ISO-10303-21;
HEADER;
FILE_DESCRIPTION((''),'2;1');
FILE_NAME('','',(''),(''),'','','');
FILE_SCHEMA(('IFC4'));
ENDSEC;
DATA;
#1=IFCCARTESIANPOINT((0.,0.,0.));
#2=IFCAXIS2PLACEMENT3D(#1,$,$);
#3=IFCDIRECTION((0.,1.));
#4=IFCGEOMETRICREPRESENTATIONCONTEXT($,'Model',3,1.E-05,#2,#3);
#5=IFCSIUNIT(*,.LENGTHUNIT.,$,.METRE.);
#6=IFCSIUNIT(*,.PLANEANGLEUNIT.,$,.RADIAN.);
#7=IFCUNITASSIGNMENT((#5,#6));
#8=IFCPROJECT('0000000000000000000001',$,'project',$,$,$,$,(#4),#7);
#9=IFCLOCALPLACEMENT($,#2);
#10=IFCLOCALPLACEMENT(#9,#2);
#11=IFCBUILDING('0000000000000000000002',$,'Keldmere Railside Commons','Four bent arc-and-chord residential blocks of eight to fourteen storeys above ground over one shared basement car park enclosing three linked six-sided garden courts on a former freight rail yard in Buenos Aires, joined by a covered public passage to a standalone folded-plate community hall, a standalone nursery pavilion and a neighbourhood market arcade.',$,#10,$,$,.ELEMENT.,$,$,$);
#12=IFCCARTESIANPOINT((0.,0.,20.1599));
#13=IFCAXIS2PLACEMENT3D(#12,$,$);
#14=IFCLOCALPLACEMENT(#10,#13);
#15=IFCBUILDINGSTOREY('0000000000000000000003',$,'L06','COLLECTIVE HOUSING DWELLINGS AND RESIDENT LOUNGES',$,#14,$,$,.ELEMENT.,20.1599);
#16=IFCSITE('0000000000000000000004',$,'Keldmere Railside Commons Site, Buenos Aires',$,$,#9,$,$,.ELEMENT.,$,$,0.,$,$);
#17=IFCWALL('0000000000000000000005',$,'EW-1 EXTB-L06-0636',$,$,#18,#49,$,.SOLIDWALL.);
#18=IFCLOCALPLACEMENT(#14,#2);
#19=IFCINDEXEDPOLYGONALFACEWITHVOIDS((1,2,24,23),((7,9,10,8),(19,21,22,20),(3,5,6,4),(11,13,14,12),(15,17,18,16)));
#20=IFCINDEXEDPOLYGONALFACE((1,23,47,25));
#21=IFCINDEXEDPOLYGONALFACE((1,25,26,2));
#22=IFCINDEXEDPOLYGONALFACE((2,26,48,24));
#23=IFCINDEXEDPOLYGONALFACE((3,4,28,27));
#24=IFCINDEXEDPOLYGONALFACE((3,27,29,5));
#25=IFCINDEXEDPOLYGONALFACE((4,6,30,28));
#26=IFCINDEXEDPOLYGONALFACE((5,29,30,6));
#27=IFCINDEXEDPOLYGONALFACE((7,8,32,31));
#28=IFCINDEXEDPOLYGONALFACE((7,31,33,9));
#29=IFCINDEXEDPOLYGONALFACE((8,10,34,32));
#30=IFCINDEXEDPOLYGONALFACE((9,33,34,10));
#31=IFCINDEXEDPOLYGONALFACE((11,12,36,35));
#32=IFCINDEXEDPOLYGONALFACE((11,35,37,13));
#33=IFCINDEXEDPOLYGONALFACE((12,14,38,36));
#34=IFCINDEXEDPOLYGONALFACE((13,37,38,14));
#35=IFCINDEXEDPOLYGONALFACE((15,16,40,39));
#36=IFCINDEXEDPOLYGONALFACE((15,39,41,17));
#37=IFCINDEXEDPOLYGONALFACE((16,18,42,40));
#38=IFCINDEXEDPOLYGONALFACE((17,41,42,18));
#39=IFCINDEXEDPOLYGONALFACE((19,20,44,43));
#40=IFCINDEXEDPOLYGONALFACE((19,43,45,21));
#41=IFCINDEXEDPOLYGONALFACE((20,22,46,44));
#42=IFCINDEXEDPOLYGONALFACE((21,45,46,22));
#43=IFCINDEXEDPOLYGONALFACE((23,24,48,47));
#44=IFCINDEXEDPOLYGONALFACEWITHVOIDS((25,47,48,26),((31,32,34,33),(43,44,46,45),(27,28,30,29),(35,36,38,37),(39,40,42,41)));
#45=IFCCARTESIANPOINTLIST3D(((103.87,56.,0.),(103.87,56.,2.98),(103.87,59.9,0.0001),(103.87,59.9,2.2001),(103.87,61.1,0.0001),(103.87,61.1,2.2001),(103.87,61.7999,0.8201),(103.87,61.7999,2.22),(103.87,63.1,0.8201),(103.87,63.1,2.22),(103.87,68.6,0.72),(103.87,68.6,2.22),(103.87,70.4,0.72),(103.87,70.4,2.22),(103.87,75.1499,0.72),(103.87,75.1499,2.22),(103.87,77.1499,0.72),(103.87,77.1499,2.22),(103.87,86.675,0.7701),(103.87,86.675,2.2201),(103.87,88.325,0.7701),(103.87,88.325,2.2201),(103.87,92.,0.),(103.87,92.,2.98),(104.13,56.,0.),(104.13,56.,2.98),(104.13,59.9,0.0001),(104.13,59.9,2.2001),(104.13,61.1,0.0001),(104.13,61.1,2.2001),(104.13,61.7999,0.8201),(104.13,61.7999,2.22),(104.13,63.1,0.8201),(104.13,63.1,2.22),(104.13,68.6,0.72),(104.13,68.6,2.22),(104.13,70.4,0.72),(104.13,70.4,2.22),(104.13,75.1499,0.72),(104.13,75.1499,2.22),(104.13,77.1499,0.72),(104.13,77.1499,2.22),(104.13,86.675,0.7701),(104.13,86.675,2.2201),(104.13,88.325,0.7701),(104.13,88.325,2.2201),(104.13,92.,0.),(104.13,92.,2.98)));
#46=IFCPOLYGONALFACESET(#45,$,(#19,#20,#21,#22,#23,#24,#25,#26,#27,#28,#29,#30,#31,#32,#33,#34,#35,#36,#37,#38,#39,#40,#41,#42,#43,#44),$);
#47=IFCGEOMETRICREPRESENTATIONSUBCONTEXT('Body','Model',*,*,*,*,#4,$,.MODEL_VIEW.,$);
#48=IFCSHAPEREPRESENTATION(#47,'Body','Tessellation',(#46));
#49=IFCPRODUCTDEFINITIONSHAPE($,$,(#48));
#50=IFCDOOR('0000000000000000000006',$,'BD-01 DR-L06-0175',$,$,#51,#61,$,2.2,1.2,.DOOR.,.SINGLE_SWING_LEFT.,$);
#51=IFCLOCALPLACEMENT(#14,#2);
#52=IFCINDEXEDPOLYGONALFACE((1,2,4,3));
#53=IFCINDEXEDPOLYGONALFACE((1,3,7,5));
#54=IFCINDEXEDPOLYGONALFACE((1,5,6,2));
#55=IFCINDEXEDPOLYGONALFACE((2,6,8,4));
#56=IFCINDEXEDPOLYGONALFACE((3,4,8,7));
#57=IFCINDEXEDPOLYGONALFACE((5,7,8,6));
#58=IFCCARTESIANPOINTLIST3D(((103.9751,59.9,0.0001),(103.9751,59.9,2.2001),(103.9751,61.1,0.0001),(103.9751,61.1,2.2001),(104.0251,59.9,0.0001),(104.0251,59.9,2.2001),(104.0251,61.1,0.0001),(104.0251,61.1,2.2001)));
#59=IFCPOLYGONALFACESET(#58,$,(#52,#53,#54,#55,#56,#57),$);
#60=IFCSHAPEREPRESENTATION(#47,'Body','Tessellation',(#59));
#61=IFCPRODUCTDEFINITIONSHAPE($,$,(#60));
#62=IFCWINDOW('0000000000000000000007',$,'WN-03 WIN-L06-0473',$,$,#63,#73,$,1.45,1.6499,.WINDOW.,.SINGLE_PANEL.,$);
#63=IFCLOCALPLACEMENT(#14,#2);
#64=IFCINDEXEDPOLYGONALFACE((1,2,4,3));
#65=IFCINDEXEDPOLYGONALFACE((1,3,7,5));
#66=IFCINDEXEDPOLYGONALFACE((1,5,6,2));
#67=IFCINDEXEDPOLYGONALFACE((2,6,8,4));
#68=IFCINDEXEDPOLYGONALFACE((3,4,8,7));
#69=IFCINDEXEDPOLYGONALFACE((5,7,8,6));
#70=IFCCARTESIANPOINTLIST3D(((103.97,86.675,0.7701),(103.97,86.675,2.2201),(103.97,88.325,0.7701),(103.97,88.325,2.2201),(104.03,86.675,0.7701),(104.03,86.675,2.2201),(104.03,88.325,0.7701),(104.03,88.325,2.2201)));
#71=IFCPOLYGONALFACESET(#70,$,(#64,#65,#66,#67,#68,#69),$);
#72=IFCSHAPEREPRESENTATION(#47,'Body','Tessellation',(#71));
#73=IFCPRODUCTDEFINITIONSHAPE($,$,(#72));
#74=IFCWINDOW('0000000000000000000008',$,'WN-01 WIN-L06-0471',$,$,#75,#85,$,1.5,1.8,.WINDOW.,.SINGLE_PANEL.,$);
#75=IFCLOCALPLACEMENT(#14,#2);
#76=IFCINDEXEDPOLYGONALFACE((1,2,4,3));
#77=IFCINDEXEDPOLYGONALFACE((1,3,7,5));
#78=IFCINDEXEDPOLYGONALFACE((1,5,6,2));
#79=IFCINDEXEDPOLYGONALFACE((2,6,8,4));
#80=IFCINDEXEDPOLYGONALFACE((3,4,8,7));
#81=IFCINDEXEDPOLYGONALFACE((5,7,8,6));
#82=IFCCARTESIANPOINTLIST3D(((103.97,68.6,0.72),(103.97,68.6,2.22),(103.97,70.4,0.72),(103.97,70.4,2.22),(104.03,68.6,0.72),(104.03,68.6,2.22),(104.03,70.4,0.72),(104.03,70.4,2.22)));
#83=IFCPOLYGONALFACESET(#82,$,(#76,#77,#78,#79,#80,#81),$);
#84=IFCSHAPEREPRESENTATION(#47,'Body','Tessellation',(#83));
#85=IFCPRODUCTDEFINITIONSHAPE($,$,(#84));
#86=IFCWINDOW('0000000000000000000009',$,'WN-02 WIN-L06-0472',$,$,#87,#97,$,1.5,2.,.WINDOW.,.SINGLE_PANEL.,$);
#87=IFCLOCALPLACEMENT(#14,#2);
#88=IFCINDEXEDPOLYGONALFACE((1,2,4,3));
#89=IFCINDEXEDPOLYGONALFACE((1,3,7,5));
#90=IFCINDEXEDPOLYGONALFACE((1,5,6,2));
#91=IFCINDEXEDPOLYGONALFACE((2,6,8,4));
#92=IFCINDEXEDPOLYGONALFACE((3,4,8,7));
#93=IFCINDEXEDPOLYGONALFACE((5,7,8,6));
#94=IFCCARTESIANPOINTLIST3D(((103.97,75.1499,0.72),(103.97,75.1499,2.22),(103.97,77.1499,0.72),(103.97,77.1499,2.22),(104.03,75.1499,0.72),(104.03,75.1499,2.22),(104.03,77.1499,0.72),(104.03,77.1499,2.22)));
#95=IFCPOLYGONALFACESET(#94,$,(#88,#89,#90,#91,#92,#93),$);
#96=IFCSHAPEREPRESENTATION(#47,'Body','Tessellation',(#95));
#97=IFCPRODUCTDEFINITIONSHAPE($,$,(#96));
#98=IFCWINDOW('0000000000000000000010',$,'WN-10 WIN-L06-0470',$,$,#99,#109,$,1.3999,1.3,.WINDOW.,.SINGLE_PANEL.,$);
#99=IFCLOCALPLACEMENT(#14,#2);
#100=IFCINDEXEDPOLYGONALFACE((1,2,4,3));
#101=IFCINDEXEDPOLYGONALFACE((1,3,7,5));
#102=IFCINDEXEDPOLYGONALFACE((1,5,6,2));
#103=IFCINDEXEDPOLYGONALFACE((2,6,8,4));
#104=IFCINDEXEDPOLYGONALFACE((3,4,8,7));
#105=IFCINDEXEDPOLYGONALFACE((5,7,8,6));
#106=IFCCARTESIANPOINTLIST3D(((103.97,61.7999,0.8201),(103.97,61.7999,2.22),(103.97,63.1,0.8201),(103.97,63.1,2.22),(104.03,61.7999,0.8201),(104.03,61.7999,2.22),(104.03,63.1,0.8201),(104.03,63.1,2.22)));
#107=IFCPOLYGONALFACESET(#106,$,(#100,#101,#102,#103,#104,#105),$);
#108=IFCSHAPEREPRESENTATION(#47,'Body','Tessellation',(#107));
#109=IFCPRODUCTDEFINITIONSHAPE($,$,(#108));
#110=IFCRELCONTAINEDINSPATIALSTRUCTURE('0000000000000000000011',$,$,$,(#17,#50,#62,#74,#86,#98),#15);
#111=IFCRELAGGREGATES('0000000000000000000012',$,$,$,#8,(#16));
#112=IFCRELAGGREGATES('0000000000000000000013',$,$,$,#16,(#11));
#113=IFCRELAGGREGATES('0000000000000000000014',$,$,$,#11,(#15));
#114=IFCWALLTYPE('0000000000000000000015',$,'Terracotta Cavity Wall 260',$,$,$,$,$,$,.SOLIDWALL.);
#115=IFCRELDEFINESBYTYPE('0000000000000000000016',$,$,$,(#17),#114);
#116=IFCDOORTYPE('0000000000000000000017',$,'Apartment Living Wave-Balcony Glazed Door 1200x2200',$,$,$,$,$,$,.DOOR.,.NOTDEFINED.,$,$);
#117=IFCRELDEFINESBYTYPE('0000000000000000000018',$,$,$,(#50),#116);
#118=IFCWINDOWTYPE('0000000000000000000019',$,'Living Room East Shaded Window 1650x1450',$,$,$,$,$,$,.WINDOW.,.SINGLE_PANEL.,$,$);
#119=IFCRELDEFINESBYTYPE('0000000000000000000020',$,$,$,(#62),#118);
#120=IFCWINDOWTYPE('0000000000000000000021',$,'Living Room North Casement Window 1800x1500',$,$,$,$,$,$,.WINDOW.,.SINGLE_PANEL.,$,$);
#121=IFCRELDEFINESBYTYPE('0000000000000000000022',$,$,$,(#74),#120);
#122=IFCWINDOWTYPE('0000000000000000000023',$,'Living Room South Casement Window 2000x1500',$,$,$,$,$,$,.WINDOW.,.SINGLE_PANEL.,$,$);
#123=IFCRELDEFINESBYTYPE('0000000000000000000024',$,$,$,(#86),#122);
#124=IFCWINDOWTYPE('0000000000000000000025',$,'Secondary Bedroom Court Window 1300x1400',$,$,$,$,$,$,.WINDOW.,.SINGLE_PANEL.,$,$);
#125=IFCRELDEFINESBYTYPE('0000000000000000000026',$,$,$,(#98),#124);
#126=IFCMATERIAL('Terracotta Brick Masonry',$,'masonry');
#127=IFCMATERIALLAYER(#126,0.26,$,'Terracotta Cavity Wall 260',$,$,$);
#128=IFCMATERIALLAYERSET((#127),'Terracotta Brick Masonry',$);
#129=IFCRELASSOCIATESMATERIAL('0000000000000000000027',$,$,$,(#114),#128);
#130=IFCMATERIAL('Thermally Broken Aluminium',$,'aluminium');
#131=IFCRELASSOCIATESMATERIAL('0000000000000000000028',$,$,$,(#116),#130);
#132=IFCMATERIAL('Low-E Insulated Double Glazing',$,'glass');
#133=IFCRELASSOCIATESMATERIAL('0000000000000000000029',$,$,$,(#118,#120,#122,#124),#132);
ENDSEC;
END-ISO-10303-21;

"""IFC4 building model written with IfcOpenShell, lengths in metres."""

from ifc_helpers import new_model, si_unit, direction, frame, frame_2d, origin, place, context, subcontext, project, spatial, rectangle, extrude, material, layer, layer_set, type_object, element, fill, save


model = new_model("IFC4")

# Units and contexts
model_context = context("Model", 3, precision=1e-05, world=origin(), true_north=direction((0.0, 1.0)))
body_context = subcontext(model_context, "Body", "Model", "MODEL_VIEW")
ifc_project = project(units=[si_unit("LENGTHUNIT", "METRE"), si_unit("PLANEANGLEUNIT", "RADIAN")], contexts=[model_context])

# Site, building, storey
site_placement = place(None, origin())
site = spatial("IfcSite", under=ifc_project, at=site_placement, Name="Keldmere Railside Commons Site, Buenos Aires", CompositionType="ELEMENT", RefElevation=0.0)
building_placement = place(site_placement, origin())
building = spatial("IfcBuilding", under=site, at=building_placement, Name="Keldmere Railside Commons", Description="Four bent arc-and-chord residential blocks of eight to fourteen storeys above ground over one shared basement car park enclosing three linked six-sided garden courts on a former freight rail yard in Buenos Aires, joined by a covered public passage to a standalone folded-plate community hall, a standalone nursery pavilion and a neighbourhood market arcade.", CompositionType="ELEMENT")
storey_placement = place(building_placement, frame((0.0, 0.0, 20.1599)))
storey = spatial("IfcBuildingStorey", under=building, at=storey_placement, Name="L06", Description="COLLECTIVE HOUSING DWELLINGS AND RESIDENT LOUNGES", CompositionType="ELEMENT", Elevation=20.1599)

# Wall, openings, door, windows
ifc_material_1 = material(Name="Terracotta Brick Masonry", Category="masonry")
ifc_layer = layer(ifc_material_1, 0.26, Name="Terracotta Cavity Wall 260")
ifc_layer_set = layer_set([ifc_layer], Name="Terracotta Brick Masonry")
wall_type = type_object("IfcWallType", Name="Terracotta Cavity Wall 260", PredefinedType="SOLIDWALL", material=ifc_layer_set)
wall_placement = place(storey_placement, frame((104.0, 56.0, 0.0), z_axis=(0.0, 0.0, 1.0), x_axis=(0.0, 1.0, 0.0)))
wall = element("IfcWall", 1, at=wall_placement, inside=storey, type_object=wall_type, Name="EW-1 EXTB-L06-0636", PredefinedType="SOLIDWALL", context=body_context, shape_type="SweptSolid", body=[
    extrude(rectangle(XDim=36.0, YDim=0.26, at=frame_2d((18.0, 0.0))), origin(), (0.0, 0.0, 1.0), 2.98),
])
opening_1_placement = place(wall_placement, frame((3.8999, 0.0, 0.0)))
opening_1 = element("IfcOpeningElement", 2, at=opening_1_placement, cuts=wall, PredefinedType="OPENING", context=body_context, shape_type="SweptSolid", body=[
    extrude(rectangle(XDim=1.2, YDim=2.2, at=frame_2d((0.6001, 1.1001))), frame((0.0, 0.1399, 0.0), z_axis=(0.0, -1.0, 0.0), x_axis=(1.0, 0.0, 0.0)), (0.0, 0.0, 1.0), 0.28),
])
opening_2_placement = place(wall_placement, frame((5.8, 0.0, 0.8201)))
opening_2 = element("IfcOpeningElement", 3, at=opening_2_placement, cuts=wall, PredefinedType="OPENING", context=body_context, shape_type="SweptSolid", body=[
    extrude(rectangle(XDim=1.3, YDim=1.3999, at=frame_2d((0.6499, 0.7))), frame((0.0, 0.1399, 0.0), z_axis=(0.0, -1.0, 0.0), x_axis=(1.0, 0.0, 0.0)), (0.0, 0.0, 1.0), 0.28),
])
opening_3_placement = place(wall_placement, frame((12.6001, 0.0, 0.72)))
opening_3 = element("IfcOpeningElement", 4, at=opening_3_placement, cuts=wall, PredefinedType="OPENING", context=body_context, shape_type="SweptSolid", body=[
    extrude(rectangle(XDim=1.8, YDim=1.5, at=frame_2d((0.8999, 0.75))), frame((0.0, 0.1399, 0.0), z_axis=(0.0, -1.0, 0.0), x_axis=(1.0, 0.0, 0.0)), (0.0, 0.0, 1.0), 0.28),
])
opening_4_placement = place(wall_placement, frame((19.1499, 0.0, 0.72)))
opening_4 = element("IfcOpeningElement", 5, at=opening_4_placement, cuts=wall, PredefinedType="OPENING", context=body_context, shape_type="SweptSolid", body=[
    extrude(rectangle(XDim=2.0, YDim=1.5, at=frame_2d((1.0, 0.75))), frame((0.0, 0.1399, 0.0), z_axis=(0.0, -1.0, 0.0), x_axis=(1.0, 0.0, 0.0)), (0.0, 0.0, 1.0), 0.28),
])
opening_5_placement = place(wall_placement, frame((30.675, 0.0, 0.77)))
opening_5 = element("IfcOpeningElement", 6, at=opening_5_placement, cuts=wall, PredefinedType="OPENING", context=body_context, shape_type="SweptSolid", body=[
    extrude(rectangle(XDim=1.6499, YDim=1.45, at=frame_2d((0.825, 0.7251))), frame((0.0, 0.1399, 0.0), z_axis=(0.0, -1.0, 0.0), x_axis=(1.0, 0.0, 0.0)), (0.0, 0.0, 1.0), 0.28),
])
ifc_material_2 = material(Name="Thermally Broken Aluminium", Category="aluminium")
door_type = type_object("IfcDoorType", Name="Apartment Living Wave-Balcony Glazed Door 1200x2200", OperationType="NOTDEFINED", PredefinedType="DOOR", material=ifc_material_2)
door_placement = place(opening_1_placement, origin())
door = element("IfcDoor", 7, at=door_placement, inside=storey, type_object=door_type, Name="BD-01 DR-L06-0175", OperationType="SINGLE_SWING_LEFT", OverallHeight=2.2, OverallWidth=1.2, PredefinedType="DOOR", context=body_context, shape_type="SweptSolid", body=[
    extrude(rectangle(XDim=1.2, YDim=2.2, at=frame_2d((0.6001, 1.1001))), frame((0.0, 0.0249, 0.0), z_axis=(0.0, -1.0, 0.0), x_axis=(1.0, 0.0, 0.0)), (0.0, 0.0, 1.0), 0.05),
])
fill(opening_1, door)
ifc_material_3 = material(Name="Low-E Insulated Double Glazing", Category="glass")
window_type_1 = type_object("IfcWindowType", Name="Living Room East Shaded Window 1650x1450", PartitioningType="SINGLE_PANEL", PredefinedType="WINDOW", material=ifc_material_3)
window_1_placement = place(opening_5_placement, origin())
window_1 = element("IfcWindow", 8, at=window_1_placement, inside=storey, type_object=window_type_1, Name="WN-03 WIN-L06-0473", OverallHeight=1.45, OverallWidth=1.6499, PartitioningType="SINGLE_PANEL", PredefinedType="WINDOW", context=body_context, shape_type="SweptSolid", body=[
    extrude(rectangle(XDim=1.6499, YDim=1.45, at=frame_2d((0.825, 0.7251))), frame((0.0, 0.03, 0.0), z_axis=(0.0, -1.0, 0.0), x_axis=(1.0, 0.0, 0.0)), (0.0, 0.0, 1.0), 0.0601),
])
fill(opening_5, window_1)
window_type_2 = type_object("IfcWindowType", Name="Living Room North Casement Window 1800x1500", PartitioningType="SINGLE_PANEL", PredefinedType="WINDOW", material=ifc_material_3)
window_2_placement = place(opening_3_placement, origin())
window_2 = element("IfcWindow", 9, at=window_2_placement, inside=storey, type_object=window_type_2, Name="WN-01 WIN-L06-0471", OverallHeight=1.5, OverallWidth=1.8, PartitioningType="SINGLE_PANEL", PredefinedType="WINDOW", context=body_context, shape_type="SweptSolid", body=[
    extrude(rectangle(XDim=1.8, YDim=1.5, at=frame_2d((0.8999, 0.75))), frame((0.0, 0.03, 0.0), z_axis=(0.0, -1.0, 0.0), x_axis=(1.0, 0.0, 0.0)), (0.0, 0.0, 1.0), 0.0601),
])
fill(opening_3, window_2)
window_type_3 = type_object("IfcWindowType", Name="Living Room South Casement Window 2000x1500", PartitioningType="SINGLE_PANEL", PredefinedType="WINDOW", material=ifc_material_3)
window_3_placement = place(opening_4_placement, origin())
window_3 = element("IfcWindow", 10, at=window_3_placement, inside=storey, type_object=window_type_3, Name="WN-02 WIN-L06-0472", OverallHeight=1.5, OverallWidth=2.0, PartitioningType="SINGLE_PANEL", PredefinedType="WINDOW", context=body_context, shape_type="SweptSolid", body=[
    extrude(rectangle(XDim=2.0, YDim=1.5, at=frame_2d((1.0, 0.75))), frame((0.0, 0.03, 0.0), z_axis=(0.0, -1.0, 0.0), x_axis=(1.0, 0.0, 0.0)), (0.0, 0.0, 1.0), 0.0601),
])
fill(opening_4, window_3)
window_type_4 = type_object("IfcWindowType", Name="Secondary Bedroom Court Window 1300x1400", PartitioningType="SINGLE_PANEL", PredefinedType="WINDOW", material=ifc_material_3)
window_4_placement = place(opening_2_placement, origin())
window_4 = element("IfcWindow", 11, at=window_4_placement, inside=storey, type_object=window_type_4, Name="WN-10 WIN-L06-0470", OverallHeight=1.3999, OverallWidth=1.3, PartitioningType="SINGLE_PANEL", PredefinedType="WINDOW", context=body_context, shape_type="SweptSolid", body=[
    extrude(rectangle(XDim=1.3, YDim=1.3999, at=frame_2d((0.6499, 0.7))), frame((0.0, 0.03, 0.0), z_axis=(0.0, -1.0, 0.0), x_axis=(1.0, 0.0, 0.0)), (0.0, 0.0, 1.0), 0.0601),
])
fill(opening_2, window_4)

save(model, "model.ifc")
